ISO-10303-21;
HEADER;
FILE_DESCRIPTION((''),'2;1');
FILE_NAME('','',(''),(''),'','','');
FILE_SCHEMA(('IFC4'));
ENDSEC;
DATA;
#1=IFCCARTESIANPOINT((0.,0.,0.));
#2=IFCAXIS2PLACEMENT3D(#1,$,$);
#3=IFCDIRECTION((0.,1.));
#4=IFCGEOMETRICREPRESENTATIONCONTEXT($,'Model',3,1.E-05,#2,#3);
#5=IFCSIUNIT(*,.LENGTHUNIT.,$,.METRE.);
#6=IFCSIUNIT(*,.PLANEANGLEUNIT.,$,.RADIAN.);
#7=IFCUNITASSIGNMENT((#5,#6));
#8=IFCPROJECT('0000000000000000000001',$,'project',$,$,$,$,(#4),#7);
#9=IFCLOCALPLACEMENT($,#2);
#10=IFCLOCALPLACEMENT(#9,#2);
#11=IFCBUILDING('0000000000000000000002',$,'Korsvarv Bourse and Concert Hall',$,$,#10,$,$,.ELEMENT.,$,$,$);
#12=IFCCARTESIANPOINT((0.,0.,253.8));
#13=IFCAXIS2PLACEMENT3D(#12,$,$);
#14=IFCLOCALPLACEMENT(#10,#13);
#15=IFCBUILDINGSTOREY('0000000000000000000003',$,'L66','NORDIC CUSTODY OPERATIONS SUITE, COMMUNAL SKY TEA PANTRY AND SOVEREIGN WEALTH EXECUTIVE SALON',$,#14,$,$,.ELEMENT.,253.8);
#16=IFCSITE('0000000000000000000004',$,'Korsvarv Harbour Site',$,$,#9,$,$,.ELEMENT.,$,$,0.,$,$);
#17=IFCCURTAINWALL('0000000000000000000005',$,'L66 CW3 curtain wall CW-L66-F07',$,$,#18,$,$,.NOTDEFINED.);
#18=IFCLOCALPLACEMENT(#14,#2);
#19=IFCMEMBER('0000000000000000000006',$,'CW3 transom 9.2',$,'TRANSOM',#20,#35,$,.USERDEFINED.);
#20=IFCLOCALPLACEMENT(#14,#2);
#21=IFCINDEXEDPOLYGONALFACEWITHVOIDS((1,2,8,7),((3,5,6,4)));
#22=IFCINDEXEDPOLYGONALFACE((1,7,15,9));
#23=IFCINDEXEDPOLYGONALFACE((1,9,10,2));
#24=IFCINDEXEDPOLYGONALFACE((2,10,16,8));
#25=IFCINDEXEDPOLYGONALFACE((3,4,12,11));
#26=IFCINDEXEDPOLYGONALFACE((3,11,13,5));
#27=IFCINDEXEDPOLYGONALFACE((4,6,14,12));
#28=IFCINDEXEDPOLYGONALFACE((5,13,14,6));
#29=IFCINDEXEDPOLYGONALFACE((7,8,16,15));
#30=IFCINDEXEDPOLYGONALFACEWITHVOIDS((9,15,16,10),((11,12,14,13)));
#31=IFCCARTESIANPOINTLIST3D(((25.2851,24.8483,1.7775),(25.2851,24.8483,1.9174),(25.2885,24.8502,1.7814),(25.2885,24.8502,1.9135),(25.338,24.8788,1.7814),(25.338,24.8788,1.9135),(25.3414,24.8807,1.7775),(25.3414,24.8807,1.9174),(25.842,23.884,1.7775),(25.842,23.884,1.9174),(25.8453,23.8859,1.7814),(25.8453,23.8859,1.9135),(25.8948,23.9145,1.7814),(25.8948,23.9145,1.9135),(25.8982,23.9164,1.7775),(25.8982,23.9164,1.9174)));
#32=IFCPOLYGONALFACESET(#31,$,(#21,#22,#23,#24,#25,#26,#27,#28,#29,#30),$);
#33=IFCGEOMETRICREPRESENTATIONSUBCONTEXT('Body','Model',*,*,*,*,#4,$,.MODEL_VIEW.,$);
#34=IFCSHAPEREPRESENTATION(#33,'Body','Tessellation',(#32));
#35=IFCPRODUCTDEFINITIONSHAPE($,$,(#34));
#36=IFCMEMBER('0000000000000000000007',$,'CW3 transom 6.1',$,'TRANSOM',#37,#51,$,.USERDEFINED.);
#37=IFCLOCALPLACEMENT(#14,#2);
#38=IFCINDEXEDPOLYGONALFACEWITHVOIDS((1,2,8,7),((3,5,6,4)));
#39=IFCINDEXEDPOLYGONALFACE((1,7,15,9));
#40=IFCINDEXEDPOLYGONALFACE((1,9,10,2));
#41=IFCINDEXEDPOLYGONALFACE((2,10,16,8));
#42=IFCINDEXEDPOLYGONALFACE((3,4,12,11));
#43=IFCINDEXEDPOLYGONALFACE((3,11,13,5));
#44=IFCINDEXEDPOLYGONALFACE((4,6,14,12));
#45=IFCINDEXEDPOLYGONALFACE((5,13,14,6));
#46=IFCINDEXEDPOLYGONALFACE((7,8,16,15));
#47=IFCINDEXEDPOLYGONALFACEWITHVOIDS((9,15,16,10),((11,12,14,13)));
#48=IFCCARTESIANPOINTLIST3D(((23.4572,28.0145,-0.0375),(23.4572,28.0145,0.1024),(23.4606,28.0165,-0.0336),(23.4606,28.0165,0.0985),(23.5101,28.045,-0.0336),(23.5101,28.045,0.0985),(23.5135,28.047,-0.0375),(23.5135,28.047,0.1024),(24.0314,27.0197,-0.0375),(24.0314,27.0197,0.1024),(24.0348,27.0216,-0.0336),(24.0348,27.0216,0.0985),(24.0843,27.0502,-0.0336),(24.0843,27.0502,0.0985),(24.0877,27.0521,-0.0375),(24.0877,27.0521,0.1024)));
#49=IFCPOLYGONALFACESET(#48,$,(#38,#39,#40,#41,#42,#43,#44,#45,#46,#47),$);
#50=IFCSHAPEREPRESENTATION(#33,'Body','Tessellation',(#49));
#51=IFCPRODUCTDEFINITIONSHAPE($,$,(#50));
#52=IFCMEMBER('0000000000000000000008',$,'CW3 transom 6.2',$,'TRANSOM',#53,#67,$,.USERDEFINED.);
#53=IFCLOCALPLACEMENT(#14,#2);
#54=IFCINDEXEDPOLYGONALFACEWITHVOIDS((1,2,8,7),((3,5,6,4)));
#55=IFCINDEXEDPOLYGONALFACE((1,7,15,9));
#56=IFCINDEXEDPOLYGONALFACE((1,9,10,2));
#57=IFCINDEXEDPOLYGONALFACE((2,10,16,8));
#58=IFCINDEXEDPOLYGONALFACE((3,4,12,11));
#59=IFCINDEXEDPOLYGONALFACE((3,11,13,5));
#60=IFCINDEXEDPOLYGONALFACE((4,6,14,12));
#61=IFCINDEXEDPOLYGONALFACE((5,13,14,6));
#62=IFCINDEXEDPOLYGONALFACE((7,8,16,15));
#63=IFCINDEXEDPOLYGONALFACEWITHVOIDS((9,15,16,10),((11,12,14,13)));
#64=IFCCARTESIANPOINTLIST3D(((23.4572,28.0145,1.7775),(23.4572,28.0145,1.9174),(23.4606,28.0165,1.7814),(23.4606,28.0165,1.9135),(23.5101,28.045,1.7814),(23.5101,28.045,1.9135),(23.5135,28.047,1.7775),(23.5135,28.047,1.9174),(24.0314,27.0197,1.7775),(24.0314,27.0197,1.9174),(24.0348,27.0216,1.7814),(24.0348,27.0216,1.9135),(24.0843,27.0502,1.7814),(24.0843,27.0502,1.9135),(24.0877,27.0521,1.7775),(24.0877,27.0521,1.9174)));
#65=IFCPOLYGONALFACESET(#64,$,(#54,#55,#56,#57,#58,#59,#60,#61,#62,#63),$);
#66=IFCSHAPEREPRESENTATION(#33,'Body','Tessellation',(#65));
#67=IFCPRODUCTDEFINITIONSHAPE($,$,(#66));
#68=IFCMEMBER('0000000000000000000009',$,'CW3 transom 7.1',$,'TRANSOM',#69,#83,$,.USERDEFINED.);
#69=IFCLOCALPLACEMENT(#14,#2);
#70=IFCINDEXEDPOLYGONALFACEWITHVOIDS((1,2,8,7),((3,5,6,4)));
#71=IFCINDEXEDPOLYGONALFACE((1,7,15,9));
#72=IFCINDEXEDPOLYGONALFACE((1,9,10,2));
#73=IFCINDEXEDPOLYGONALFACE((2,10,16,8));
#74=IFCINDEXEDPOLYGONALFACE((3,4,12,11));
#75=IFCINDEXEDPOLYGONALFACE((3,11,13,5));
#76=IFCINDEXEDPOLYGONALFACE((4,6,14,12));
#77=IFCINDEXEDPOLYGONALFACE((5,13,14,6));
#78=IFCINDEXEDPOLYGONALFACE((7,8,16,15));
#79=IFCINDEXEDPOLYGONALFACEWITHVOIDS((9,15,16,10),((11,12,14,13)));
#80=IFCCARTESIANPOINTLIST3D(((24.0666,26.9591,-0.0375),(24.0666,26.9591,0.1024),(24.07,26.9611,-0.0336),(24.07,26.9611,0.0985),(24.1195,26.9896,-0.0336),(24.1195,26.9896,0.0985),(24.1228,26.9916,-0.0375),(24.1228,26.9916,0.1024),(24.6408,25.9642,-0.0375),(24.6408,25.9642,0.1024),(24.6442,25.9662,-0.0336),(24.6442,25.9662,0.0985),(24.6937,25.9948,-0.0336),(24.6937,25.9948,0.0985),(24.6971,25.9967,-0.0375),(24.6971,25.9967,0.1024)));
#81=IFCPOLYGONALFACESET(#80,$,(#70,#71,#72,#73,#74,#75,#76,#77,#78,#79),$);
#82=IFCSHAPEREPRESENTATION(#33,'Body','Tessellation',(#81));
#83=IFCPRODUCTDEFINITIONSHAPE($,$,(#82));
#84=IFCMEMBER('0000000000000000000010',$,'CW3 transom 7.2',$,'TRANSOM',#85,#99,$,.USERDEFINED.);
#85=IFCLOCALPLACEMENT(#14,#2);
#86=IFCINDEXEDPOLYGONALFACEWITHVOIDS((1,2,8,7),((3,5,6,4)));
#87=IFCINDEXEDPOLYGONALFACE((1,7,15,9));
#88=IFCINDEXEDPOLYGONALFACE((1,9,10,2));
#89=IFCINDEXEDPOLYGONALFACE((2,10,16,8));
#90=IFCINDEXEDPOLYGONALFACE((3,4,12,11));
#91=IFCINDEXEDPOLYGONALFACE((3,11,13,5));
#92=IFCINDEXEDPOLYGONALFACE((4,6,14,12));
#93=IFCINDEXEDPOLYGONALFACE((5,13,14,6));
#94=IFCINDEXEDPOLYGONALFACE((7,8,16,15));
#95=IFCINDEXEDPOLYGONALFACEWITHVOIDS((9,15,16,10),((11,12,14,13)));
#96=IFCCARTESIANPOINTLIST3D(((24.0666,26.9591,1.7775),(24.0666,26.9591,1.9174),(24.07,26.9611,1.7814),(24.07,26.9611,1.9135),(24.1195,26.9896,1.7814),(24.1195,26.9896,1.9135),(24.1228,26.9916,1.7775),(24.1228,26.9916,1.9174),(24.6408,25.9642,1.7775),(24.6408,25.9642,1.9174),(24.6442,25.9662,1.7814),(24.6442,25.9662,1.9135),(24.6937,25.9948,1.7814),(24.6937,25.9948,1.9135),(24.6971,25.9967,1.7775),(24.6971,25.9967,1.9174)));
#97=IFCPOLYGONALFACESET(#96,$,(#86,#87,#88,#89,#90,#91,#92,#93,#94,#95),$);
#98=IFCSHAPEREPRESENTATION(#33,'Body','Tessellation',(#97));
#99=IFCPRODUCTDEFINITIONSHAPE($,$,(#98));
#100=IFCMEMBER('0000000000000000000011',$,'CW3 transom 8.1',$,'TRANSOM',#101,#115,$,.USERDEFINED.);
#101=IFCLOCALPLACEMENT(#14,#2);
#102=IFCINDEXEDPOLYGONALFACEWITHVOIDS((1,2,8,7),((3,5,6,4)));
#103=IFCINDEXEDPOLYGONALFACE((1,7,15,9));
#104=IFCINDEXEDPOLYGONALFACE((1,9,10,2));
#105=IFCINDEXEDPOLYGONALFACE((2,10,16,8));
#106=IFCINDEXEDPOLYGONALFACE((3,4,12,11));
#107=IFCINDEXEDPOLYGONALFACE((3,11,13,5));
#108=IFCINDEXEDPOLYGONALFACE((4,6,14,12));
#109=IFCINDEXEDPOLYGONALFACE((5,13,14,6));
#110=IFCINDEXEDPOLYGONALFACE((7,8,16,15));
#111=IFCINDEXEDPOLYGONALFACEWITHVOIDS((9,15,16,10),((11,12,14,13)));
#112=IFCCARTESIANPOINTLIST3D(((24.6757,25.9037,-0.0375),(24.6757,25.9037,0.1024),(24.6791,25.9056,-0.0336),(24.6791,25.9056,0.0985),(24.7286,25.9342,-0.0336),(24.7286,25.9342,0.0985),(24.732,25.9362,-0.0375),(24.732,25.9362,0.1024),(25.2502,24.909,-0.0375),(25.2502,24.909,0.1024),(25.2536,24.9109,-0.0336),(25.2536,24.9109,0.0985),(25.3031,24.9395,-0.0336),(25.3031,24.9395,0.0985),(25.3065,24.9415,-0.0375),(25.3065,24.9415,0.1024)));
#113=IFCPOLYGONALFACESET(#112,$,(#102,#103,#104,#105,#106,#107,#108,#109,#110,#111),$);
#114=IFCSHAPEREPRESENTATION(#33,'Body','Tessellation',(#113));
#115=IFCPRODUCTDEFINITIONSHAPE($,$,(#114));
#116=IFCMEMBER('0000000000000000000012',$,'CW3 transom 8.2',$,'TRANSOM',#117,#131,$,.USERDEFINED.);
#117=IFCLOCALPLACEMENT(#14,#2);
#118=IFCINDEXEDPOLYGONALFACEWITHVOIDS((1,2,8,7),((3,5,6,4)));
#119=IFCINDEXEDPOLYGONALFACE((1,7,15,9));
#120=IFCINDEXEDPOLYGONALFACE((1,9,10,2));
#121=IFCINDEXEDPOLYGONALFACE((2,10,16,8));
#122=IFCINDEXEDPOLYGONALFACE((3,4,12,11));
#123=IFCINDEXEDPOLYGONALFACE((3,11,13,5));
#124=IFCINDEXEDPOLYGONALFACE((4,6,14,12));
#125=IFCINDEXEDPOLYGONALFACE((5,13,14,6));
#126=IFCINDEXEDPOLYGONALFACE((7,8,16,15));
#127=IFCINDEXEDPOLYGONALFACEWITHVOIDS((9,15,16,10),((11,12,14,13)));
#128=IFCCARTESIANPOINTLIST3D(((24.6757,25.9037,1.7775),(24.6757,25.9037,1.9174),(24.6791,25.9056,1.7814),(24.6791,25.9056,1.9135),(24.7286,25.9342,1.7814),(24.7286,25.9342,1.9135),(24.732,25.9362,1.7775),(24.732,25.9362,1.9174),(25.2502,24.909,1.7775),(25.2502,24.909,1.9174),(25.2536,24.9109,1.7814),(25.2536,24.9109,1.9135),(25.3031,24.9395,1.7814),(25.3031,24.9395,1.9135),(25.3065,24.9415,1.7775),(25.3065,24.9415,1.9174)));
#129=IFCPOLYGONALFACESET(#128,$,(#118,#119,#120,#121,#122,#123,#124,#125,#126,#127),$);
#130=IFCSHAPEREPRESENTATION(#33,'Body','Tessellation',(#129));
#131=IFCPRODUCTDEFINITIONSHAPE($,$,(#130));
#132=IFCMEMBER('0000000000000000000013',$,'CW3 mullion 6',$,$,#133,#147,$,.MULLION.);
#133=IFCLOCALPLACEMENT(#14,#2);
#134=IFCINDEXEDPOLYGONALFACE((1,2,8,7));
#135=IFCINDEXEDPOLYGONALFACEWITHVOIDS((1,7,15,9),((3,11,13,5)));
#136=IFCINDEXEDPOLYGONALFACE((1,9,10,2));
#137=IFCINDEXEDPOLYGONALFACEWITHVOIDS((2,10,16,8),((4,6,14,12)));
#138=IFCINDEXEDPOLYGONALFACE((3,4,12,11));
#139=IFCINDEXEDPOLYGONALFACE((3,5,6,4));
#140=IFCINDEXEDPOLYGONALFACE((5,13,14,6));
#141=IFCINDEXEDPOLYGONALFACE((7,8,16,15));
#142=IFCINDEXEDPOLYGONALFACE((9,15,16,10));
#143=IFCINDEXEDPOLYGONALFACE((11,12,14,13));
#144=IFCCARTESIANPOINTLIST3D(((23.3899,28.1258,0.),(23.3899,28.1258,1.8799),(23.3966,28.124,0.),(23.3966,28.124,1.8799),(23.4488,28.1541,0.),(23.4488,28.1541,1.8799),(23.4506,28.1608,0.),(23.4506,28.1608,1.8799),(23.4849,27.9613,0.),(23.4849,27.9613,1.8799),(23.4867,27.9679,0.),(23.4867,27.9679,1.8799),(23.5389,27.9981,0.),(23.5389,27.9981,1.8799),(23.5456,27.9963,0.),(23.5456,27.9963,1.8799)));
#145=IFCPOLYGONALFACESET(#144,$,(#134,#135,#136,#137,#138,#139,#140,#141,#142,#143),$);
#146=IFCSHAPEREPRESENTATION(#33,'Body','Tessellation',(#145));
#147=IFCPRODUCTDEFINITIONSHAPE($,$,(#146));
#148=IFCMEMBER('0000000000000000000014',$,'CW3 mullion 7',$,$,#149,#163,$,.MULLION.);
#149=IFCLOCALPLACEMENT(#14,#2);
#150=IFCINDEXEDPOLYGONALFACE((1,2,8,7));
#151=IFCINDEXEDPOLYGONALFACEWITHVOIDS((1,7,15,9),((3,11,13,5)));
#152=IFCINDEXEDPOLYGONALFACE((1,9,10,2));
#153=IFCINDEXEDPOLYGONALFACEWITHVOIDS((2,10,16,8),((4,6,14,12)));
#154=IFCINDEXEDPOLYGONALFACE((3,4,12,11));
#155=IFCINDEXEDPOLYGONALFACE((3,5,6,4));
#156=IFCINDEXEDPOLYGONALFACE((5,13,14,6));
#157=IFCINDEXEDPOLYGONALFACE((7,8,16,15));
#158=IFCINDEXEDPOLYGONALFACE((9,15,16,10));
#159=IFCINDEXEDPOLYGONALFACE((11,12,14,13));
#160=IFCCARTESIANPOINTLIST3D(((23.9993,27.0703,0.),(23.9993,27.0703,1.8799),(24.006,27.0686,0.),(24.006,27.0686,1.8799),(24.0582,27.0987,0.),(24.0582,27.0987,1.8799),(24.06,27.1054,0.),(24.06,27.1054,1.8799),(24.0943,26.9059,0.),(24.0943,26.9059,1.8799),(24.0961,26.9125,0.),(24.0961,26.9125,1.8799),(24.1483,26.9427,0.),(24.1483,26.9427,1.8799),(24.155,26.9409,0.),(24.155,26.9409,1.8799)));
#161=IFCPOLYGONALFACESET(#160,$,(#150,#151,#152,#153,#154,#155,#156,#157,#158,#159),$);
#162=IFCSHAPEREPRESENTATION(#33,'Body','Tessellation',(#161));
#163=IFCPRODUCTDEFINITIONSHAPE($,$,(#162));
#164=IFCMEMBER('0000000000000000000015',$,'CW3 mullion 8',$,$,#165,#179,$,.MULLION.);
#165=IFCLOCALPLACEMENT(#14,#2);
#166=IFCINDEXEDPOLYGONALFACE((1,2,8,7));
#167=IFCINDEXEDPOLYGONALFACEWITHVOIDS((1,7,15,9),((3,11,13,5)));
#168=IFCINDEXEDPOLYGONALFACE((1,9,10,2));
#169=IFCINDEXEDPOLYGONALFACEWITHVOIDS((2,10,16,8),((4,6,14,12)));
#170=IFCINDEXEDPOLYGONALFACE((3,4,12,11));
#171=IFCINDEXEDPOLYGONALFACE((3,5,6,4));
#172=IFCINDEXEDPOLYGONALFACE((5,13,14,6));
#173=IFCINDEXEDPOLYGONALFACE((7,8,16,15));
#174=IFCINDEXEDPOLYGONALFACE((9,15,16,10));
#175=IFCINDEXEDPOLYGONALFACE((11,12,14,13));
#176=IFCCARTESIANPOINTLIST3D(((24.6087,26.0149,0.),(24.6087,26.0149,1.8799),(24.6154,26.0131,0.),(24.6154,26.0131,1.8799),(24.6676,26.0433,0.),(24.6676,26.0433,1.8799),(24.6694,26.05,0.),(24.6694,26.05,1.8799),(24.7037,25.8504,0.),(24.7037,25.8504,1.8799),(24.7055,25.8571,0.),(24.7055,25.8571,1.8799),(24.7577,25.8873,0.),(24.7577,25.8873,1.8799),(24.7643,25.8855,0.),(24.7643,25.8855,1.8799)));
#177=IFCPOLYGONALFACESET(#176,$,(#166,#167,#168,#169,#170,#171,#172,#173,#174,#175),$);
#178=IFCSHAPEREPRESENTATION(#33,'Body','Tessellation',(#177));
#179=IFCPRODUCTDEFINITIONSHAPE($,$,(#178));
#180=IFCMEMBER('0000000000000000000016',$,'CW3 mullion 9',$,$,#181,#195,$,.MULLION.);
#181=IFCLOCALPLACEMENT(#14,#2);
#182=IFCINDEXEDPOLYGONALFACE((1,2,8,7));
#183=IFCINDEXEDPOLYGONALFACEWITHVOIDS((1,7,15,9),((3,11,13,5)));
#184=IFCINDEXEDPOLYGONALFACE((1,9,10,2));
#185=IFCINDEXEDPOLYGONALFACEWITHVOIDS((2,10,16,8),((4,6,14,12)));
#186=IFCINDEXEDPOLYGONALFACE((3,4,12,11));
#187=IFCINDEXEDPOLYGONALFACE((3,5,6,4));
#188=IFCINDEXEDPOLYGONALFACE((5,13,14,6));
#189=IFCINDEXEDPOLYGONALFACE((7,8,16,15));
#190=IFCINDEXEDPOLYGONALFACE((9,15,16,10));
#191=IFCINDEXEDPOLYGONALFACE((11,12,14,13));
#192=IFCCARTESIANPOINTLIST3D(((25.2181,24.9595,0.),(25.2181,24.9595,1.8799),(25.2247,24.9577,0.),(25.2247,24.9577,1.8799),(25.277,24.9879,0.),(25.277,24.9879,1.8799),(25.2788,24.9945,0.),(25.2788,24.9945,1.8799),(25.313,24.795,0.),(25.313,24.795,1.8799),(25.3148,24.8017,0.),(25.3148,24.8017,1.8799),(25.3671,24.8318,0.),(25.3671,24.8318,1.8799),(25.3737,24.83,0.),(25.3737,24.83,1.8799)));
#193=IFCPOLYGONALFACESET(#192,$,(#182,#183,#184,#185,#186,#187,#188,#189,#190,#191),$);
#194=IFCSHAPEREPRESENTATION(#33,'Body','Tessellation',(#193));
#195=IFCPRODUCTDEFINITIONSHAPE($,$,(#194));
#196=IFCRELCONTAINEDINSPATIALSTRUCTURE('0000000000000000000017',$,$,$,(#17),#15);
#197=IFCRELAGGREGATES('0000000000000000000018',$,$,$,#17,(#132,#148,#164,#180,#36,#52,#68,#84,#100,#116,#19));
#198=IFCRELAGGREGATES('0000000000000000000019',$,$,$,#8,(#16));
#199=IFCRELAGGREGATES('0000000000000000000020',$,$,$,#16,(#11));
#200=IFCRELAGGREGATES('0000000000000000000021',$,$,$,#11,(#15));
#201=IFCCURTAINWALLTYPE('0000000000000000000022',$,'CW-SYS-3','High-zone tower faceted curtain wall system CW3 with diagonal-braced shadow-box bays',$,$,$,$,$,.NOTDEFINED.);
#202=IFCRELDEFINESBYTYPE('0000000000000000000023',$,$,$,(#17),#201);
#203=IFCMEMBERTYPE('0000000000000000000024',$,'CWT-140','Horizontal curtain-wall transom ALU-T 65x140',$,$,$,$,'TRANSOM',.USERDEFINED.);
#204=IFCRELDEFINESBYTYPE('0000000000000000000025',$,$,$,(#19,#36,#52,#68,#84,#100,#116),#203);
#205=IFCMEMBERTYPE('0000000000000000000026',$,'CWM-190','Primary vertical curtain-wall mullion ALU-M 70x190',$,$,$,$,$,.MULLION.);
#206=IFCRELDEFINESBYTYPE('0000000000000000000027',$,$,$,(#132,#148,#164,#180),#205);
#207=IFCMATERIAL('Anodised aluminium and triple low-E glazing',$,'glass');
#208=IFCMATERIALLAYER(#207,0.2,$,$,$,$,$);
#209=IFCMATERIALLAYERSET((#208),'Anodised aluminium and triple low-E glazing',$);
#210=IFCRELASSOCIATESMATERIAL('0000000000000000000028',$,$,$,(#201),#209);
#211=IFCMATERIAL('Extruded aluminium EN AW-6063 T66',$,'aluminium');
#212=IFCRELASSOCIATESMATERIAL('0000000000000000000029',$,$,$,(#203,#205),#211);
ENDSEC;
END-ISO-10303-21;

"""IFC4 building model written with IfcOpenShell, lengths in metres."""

from ifc_helpers import new_model, si_unit, direction, frame, origin, origin_2d, place, context, subcontext, project, spatial, hollow_rectangle, extrude, source, transform, mapped, material, layer, layer_set, material_profile, profile_set, type_object, element, aggregate, save


model = new_model("IFC4")

# Units and contexts
model_context = context("Model", 3, precision=1e-05, world=origin(), true_north=direction((0.0, 1.0)))
body_context = subcontext(model_context, "Body", "Model", "MODEL_VIEW")
ifc_project = project(units=[si_unit("LENGTHUNIT", "METRE"), si_unit("PLANEANGLEUNIT", "RADIAN")], contexts=[model_context])

# Site, building, storey
site_placement = place(None, origin())
site = spatial("IfcSite", under=ifc_project, at=site_placement, Name="Korsvarv Harbour Site", CompositionType="ELEMENT", RefElevation=0.0)
building_placement = place(site_placement, origin())
building = spatial("IfcBuilding", under=site, at=building_placement, Name="Korsvarv Bourse and Concert Hall", CompositionType="ELEMENT")
storey_placement = place(building_placement, frame((0.0, 0.0, 253.8)))
storey = spatial("IfcBuildingStorey", under=building, at=storey_placement, Name="L66", Description="NORDIC CUSTODY OPERATIONS SUITE, COMMUNAL SKY TEA PANTRY AND SOVEREIGN WEALTH EXECUTIVE SALON", CompositionType="ELEMENT", Elevation=253.8)

# Curtain wall, members
ifc_material_1 = material(Name="Anodised aluminium and triple low-E glazing", Category="glass")
ifc_layer_1 = layer(ifc_material_1, 0.2)
ifc_layer_set_1 = layer_set([ifc_layer_1], Name="Anodised aluminium and triple low-E glazing")
curtain_wall_type = type_object("IfcCurtainWallType", Name="CW-SYS-3", Description="High-zone tower faceted curtain wall system CW3 with diagonal-braced shadow-box bays", PredefinedType="NOTDEFINED", material=ifc_layer_set_1)
curtain_wall_placement = place(storey_placement, origin())
curtain_wall = element("IfcCurtainWall", 1, at=curtain_wall_placement, inside=storey, type_object=curtain_wall_type, Name="L66 CW3 curtain wall CW-L66-F07", PredefinedType="NOTDEFINED")
ifc_material_2 = material(Name="Extruded aluminium EN AW-6063 T66", Category="aluminium")
ifc_material_profile_1 = material_profile(ifc_material_2, hollow_rectangle(XDim=0.0649, YDim=0.1399, WallThickness=0.0039, at=origin_2d()), Name="ALU-T 65x140")
ifc_profile_set_1 = profile_set([ifc_material_profile_1], Name="Extruded aluminium EN AW-6063 T66")
member_type_1 = type_object("IfcMemberType", Name="CWT-140", Description="Horizontal curtain-wall transom ALU-T 65x140", ElementType="TRANSOM", PredefinedType="USERDEFINED", material=ifc_profile_set_1)
shared_shape_1 = source(origin(), body_context, "Body", "SweptSolid", [
    extrude(hollow_rectangle(XDim=0.0649, YDim=0.1399, WallThickness=0.0039, at=origin_2d()), origin(), (0.0, 0.0, 1.0), 1.1135),
])
member_1_placement = place(storey_placement, frame((25.3132, 24.8645, 1.8474), z_axis=(0.500077, -0.865981, 0.0), x_axis=(0.865981, 0.500077, 0.0)))
member_1 = element("IfcMember", 2, at=member_1_placement, type_object=member_type_1, Name="CW3 transom 9.2", ObjectType="TRANSOM", PredefinedType="USERDEFINED", context=body_context, shape_type="MappedRepresentation", body=[
    mapped(shared_shape_1, transform((0.0, 0.0, 0.0), scale=1.0)),
])
shared_shape_2 = source(origin(), body_context, "Body", "SweptSolid", [
    extrude(hollow_rectangle(XDim=0.0649, YDim=0.1399, WallThickness=0.0039, at=origin_2d()), origin(), (0.0, 0.0, 1.0), 1.1487),
])
member_2_placement = place(storey_placement, frame((23.4854, 28.0308, 0.0325), z_axis=(0.499888, -0.86609, 0.0), x_axis=(0.86609, 0.499888, 0.0)))
member_2 = element("IfcMember", 3, at=member_2_placement, type_object=member_type_1, Name="CW3 transom 6.1", ObjectType="TRANSOM", PredefinedType="USERDEFINED", context=body_context, shape_type="MappedRepresentation", body=[
    mapped(shared_shape_2, transform((0.0, 0.0, 0.0), scale=1.0)),
])
member_3_placement = place(storey_placement, frame((23.4854, 28.0308, 1.8474), z_axis=(0.499888, -0.86609, 0.0), x_axis=(0.86609, 0.499888, 0.0)))
member_3 = element("IfcMember", 4, at=member_3_placement, type_object=member_type_1, Name="CW3 transom 6.2", ObjectType="TRANSOM", PredefinedType="USERDEFINED", context=body_context, shape_type="MappedRepresentation", body=[
    mapped(shared_shape_2, transform((0.0, 0.0, 0.0), scale=1.0)),
])
member_4_placement = place(storey_placement, frame((24.0947, 26.9753, 0.0325), z_axis=(0.499888, -0.86609, 0.0), x_axis=(0.86609, 0.499888, 0.0)))
member_4 = element("IfcMember", 5, at=member_4_placement, type_object=member_type_1, Name="CW3 transom 7.1", ObjectType="TRANSOM", PredefinedType="USERDEFINED", context=body_context, shape_type="MappedRepresentation", body=[
    mapped(shared_shape_2, transform((0.0, 0.0, 0.0), scale=1.0)),
])
member_5_placement = place(storey_placement, frame((24.0947, 26.9753, 1.8474), z_axis=(0.499888, -0.86609, 0.0), x_axis=(0.86609, 0.499888, 0.0)))
member_5 = element("IfcMember", 6, at=member_5_placement, type_object=member_type_1, Name="CW3 transom 7.2", ObjectType="TRANSOM", PredefinedType="USERDEFINED", context=body_context, shape_type="MappedRepresentation", body=[
    mapped(shared_shape_2, transform((0.0, 0.0, 0.0), scale=1.0)),
])
member_6_placement = place(storey_placement, frame((24.7039, 25.9199, 0.0325), z_axis=(0.500139, -0.865945, 0.0), x_axis=(0.865945, 0.500139, 0.0)))
member_6 = element("IfcMember", 7, at=member_6_placement, type_object=member_type_1, Name="CW3 transom 8.1", ObjectType="TRANSOM", PredefinedType="USERDEFINED", context=body_context, shape_type="MappedRepresentation", body=[
    mapped(shared_shape_2, transform((0.0, 0.0, 0.0), scale=1.0)),
])
member_7_placement = place(storey_placement, frame((24.7039, 25.9199, 1.8474), z_axis=(0.500139, -0.865945, 0.0), x_axis=(0.865945, 0.500139, 0.0)))
member_7 = element("IfcMember", 8, at=member_7_placement, type_object=member_type_1, Name="CW3 transom 8.2", ObjectType="TRANSOM", PredefinedType="USERDEFINED", context=body_context, shape_type="MappedRepresentation", body=[
    mapped(shared_shape_2, transform((0.0, 0.0, 0.0), scale=1.0)),
])
ifc_material_profile_2 = material_profile(ifc_material_2, hollow_rectangle(XDim=0.0701, YDim=0.1899, WallThickness=0.0049, at=origin_2d()), Name="ALU-M 70x190")
ifc_profile_set_2 = profile_set([ifc_material_profile_2], Name="Extruded aluminium EN AW-6063 T66")
member_type_2 = type_object("IfcMemberType", Name="CWM-190", Description="Primary vertical curtain-wall mullion ALU-M 70x190", PredefinedType="MULLION", material=ifc_profile_set_2)
shared_shape_3 = source(origin(), body_context, "Body", "SweptSolid", [
    extrude(hollow_rectangle(XDim=0.0701, YDim=0.1899, WallThickness=0.0049, at=origin_2d()), origin(), (0.0, 0.0, 1.0), 1.8799),
])
member_8_placement = place(storey_placement, frame((23.4678, 28.061, 0.0), z_axis=(0.0, 0.0, 1.0), x_axis=(0.866023, 0.500004, 0.0)))
member_8 = element("IfcMember", 9, at=member_8_placement, type_object=member_type_2, Name="CW3 mullion 6", PredefinedType="MULLION", context=body_context, shape_type="MappedRepresentation", body=[
    mapped(shared_shape_3, transform((0.0, 0.0, 0.0), scale=1.0)),
])
member_9_placement = place(storey_placement, frame((24.0771, 27.0056, 0.0), z_axis=(0.0, 0.0, 1.0), x_axis=(0.866023, 0.500004, 0.0)))
member_9 = element("IfcMember", 10, at=member_9_placement, type_object=member_type_2, Name="CW3 mullion 7", PredefinedType="MULLION", context=body_context, shape_type="MappedRepresentation", body=[
    mapped(shared_shape_3, transform((0.0, 0.0, 0.0), scale=1.0)),
])
member_10_placement = place(storey_placement, frame((24.6865, 25.9502, 0.0), z_axis=(0.0, 0.0, 1.0), x_axis=(0.866023, 0.500004, 0.0)))
member_10 = element("IfcMember", 11, at=member_10_placement, type_object=member_type_2, Name="CW3 mullion 8", PredefinedType="MULLION", context=body_context, shape_type="MappedRepresentation", body=[
    mapped(shared_shape_3, transform((0.0, 0.0, 0.0), scale=1.0)),
])
member_11_placement = place(storey_placement, frame((25.2959, 24.8948, 0.0), z_axis=(0.0, 0.0, 1.0), x_axis=(0.866023, 0.500004, 0.0)))
member_11 = element("IfcMember", 12, at=member_11_placement, type_object=member_type_2, Name="CW3 mullion 9", PredefinedType="MULLION", context=body_context, shape_type="MappedRepresentation", body=[
    mapped(shared_shape_3, transform((0.0, 0.0, 0.0), scale=1.0)),
])
aggregate(curtain_wall, [member_8, member_9, member_10, member_11, member_2, member_3, member_4, member_5, member_6, member_7, member_1])

save(model, "model.ifc")
